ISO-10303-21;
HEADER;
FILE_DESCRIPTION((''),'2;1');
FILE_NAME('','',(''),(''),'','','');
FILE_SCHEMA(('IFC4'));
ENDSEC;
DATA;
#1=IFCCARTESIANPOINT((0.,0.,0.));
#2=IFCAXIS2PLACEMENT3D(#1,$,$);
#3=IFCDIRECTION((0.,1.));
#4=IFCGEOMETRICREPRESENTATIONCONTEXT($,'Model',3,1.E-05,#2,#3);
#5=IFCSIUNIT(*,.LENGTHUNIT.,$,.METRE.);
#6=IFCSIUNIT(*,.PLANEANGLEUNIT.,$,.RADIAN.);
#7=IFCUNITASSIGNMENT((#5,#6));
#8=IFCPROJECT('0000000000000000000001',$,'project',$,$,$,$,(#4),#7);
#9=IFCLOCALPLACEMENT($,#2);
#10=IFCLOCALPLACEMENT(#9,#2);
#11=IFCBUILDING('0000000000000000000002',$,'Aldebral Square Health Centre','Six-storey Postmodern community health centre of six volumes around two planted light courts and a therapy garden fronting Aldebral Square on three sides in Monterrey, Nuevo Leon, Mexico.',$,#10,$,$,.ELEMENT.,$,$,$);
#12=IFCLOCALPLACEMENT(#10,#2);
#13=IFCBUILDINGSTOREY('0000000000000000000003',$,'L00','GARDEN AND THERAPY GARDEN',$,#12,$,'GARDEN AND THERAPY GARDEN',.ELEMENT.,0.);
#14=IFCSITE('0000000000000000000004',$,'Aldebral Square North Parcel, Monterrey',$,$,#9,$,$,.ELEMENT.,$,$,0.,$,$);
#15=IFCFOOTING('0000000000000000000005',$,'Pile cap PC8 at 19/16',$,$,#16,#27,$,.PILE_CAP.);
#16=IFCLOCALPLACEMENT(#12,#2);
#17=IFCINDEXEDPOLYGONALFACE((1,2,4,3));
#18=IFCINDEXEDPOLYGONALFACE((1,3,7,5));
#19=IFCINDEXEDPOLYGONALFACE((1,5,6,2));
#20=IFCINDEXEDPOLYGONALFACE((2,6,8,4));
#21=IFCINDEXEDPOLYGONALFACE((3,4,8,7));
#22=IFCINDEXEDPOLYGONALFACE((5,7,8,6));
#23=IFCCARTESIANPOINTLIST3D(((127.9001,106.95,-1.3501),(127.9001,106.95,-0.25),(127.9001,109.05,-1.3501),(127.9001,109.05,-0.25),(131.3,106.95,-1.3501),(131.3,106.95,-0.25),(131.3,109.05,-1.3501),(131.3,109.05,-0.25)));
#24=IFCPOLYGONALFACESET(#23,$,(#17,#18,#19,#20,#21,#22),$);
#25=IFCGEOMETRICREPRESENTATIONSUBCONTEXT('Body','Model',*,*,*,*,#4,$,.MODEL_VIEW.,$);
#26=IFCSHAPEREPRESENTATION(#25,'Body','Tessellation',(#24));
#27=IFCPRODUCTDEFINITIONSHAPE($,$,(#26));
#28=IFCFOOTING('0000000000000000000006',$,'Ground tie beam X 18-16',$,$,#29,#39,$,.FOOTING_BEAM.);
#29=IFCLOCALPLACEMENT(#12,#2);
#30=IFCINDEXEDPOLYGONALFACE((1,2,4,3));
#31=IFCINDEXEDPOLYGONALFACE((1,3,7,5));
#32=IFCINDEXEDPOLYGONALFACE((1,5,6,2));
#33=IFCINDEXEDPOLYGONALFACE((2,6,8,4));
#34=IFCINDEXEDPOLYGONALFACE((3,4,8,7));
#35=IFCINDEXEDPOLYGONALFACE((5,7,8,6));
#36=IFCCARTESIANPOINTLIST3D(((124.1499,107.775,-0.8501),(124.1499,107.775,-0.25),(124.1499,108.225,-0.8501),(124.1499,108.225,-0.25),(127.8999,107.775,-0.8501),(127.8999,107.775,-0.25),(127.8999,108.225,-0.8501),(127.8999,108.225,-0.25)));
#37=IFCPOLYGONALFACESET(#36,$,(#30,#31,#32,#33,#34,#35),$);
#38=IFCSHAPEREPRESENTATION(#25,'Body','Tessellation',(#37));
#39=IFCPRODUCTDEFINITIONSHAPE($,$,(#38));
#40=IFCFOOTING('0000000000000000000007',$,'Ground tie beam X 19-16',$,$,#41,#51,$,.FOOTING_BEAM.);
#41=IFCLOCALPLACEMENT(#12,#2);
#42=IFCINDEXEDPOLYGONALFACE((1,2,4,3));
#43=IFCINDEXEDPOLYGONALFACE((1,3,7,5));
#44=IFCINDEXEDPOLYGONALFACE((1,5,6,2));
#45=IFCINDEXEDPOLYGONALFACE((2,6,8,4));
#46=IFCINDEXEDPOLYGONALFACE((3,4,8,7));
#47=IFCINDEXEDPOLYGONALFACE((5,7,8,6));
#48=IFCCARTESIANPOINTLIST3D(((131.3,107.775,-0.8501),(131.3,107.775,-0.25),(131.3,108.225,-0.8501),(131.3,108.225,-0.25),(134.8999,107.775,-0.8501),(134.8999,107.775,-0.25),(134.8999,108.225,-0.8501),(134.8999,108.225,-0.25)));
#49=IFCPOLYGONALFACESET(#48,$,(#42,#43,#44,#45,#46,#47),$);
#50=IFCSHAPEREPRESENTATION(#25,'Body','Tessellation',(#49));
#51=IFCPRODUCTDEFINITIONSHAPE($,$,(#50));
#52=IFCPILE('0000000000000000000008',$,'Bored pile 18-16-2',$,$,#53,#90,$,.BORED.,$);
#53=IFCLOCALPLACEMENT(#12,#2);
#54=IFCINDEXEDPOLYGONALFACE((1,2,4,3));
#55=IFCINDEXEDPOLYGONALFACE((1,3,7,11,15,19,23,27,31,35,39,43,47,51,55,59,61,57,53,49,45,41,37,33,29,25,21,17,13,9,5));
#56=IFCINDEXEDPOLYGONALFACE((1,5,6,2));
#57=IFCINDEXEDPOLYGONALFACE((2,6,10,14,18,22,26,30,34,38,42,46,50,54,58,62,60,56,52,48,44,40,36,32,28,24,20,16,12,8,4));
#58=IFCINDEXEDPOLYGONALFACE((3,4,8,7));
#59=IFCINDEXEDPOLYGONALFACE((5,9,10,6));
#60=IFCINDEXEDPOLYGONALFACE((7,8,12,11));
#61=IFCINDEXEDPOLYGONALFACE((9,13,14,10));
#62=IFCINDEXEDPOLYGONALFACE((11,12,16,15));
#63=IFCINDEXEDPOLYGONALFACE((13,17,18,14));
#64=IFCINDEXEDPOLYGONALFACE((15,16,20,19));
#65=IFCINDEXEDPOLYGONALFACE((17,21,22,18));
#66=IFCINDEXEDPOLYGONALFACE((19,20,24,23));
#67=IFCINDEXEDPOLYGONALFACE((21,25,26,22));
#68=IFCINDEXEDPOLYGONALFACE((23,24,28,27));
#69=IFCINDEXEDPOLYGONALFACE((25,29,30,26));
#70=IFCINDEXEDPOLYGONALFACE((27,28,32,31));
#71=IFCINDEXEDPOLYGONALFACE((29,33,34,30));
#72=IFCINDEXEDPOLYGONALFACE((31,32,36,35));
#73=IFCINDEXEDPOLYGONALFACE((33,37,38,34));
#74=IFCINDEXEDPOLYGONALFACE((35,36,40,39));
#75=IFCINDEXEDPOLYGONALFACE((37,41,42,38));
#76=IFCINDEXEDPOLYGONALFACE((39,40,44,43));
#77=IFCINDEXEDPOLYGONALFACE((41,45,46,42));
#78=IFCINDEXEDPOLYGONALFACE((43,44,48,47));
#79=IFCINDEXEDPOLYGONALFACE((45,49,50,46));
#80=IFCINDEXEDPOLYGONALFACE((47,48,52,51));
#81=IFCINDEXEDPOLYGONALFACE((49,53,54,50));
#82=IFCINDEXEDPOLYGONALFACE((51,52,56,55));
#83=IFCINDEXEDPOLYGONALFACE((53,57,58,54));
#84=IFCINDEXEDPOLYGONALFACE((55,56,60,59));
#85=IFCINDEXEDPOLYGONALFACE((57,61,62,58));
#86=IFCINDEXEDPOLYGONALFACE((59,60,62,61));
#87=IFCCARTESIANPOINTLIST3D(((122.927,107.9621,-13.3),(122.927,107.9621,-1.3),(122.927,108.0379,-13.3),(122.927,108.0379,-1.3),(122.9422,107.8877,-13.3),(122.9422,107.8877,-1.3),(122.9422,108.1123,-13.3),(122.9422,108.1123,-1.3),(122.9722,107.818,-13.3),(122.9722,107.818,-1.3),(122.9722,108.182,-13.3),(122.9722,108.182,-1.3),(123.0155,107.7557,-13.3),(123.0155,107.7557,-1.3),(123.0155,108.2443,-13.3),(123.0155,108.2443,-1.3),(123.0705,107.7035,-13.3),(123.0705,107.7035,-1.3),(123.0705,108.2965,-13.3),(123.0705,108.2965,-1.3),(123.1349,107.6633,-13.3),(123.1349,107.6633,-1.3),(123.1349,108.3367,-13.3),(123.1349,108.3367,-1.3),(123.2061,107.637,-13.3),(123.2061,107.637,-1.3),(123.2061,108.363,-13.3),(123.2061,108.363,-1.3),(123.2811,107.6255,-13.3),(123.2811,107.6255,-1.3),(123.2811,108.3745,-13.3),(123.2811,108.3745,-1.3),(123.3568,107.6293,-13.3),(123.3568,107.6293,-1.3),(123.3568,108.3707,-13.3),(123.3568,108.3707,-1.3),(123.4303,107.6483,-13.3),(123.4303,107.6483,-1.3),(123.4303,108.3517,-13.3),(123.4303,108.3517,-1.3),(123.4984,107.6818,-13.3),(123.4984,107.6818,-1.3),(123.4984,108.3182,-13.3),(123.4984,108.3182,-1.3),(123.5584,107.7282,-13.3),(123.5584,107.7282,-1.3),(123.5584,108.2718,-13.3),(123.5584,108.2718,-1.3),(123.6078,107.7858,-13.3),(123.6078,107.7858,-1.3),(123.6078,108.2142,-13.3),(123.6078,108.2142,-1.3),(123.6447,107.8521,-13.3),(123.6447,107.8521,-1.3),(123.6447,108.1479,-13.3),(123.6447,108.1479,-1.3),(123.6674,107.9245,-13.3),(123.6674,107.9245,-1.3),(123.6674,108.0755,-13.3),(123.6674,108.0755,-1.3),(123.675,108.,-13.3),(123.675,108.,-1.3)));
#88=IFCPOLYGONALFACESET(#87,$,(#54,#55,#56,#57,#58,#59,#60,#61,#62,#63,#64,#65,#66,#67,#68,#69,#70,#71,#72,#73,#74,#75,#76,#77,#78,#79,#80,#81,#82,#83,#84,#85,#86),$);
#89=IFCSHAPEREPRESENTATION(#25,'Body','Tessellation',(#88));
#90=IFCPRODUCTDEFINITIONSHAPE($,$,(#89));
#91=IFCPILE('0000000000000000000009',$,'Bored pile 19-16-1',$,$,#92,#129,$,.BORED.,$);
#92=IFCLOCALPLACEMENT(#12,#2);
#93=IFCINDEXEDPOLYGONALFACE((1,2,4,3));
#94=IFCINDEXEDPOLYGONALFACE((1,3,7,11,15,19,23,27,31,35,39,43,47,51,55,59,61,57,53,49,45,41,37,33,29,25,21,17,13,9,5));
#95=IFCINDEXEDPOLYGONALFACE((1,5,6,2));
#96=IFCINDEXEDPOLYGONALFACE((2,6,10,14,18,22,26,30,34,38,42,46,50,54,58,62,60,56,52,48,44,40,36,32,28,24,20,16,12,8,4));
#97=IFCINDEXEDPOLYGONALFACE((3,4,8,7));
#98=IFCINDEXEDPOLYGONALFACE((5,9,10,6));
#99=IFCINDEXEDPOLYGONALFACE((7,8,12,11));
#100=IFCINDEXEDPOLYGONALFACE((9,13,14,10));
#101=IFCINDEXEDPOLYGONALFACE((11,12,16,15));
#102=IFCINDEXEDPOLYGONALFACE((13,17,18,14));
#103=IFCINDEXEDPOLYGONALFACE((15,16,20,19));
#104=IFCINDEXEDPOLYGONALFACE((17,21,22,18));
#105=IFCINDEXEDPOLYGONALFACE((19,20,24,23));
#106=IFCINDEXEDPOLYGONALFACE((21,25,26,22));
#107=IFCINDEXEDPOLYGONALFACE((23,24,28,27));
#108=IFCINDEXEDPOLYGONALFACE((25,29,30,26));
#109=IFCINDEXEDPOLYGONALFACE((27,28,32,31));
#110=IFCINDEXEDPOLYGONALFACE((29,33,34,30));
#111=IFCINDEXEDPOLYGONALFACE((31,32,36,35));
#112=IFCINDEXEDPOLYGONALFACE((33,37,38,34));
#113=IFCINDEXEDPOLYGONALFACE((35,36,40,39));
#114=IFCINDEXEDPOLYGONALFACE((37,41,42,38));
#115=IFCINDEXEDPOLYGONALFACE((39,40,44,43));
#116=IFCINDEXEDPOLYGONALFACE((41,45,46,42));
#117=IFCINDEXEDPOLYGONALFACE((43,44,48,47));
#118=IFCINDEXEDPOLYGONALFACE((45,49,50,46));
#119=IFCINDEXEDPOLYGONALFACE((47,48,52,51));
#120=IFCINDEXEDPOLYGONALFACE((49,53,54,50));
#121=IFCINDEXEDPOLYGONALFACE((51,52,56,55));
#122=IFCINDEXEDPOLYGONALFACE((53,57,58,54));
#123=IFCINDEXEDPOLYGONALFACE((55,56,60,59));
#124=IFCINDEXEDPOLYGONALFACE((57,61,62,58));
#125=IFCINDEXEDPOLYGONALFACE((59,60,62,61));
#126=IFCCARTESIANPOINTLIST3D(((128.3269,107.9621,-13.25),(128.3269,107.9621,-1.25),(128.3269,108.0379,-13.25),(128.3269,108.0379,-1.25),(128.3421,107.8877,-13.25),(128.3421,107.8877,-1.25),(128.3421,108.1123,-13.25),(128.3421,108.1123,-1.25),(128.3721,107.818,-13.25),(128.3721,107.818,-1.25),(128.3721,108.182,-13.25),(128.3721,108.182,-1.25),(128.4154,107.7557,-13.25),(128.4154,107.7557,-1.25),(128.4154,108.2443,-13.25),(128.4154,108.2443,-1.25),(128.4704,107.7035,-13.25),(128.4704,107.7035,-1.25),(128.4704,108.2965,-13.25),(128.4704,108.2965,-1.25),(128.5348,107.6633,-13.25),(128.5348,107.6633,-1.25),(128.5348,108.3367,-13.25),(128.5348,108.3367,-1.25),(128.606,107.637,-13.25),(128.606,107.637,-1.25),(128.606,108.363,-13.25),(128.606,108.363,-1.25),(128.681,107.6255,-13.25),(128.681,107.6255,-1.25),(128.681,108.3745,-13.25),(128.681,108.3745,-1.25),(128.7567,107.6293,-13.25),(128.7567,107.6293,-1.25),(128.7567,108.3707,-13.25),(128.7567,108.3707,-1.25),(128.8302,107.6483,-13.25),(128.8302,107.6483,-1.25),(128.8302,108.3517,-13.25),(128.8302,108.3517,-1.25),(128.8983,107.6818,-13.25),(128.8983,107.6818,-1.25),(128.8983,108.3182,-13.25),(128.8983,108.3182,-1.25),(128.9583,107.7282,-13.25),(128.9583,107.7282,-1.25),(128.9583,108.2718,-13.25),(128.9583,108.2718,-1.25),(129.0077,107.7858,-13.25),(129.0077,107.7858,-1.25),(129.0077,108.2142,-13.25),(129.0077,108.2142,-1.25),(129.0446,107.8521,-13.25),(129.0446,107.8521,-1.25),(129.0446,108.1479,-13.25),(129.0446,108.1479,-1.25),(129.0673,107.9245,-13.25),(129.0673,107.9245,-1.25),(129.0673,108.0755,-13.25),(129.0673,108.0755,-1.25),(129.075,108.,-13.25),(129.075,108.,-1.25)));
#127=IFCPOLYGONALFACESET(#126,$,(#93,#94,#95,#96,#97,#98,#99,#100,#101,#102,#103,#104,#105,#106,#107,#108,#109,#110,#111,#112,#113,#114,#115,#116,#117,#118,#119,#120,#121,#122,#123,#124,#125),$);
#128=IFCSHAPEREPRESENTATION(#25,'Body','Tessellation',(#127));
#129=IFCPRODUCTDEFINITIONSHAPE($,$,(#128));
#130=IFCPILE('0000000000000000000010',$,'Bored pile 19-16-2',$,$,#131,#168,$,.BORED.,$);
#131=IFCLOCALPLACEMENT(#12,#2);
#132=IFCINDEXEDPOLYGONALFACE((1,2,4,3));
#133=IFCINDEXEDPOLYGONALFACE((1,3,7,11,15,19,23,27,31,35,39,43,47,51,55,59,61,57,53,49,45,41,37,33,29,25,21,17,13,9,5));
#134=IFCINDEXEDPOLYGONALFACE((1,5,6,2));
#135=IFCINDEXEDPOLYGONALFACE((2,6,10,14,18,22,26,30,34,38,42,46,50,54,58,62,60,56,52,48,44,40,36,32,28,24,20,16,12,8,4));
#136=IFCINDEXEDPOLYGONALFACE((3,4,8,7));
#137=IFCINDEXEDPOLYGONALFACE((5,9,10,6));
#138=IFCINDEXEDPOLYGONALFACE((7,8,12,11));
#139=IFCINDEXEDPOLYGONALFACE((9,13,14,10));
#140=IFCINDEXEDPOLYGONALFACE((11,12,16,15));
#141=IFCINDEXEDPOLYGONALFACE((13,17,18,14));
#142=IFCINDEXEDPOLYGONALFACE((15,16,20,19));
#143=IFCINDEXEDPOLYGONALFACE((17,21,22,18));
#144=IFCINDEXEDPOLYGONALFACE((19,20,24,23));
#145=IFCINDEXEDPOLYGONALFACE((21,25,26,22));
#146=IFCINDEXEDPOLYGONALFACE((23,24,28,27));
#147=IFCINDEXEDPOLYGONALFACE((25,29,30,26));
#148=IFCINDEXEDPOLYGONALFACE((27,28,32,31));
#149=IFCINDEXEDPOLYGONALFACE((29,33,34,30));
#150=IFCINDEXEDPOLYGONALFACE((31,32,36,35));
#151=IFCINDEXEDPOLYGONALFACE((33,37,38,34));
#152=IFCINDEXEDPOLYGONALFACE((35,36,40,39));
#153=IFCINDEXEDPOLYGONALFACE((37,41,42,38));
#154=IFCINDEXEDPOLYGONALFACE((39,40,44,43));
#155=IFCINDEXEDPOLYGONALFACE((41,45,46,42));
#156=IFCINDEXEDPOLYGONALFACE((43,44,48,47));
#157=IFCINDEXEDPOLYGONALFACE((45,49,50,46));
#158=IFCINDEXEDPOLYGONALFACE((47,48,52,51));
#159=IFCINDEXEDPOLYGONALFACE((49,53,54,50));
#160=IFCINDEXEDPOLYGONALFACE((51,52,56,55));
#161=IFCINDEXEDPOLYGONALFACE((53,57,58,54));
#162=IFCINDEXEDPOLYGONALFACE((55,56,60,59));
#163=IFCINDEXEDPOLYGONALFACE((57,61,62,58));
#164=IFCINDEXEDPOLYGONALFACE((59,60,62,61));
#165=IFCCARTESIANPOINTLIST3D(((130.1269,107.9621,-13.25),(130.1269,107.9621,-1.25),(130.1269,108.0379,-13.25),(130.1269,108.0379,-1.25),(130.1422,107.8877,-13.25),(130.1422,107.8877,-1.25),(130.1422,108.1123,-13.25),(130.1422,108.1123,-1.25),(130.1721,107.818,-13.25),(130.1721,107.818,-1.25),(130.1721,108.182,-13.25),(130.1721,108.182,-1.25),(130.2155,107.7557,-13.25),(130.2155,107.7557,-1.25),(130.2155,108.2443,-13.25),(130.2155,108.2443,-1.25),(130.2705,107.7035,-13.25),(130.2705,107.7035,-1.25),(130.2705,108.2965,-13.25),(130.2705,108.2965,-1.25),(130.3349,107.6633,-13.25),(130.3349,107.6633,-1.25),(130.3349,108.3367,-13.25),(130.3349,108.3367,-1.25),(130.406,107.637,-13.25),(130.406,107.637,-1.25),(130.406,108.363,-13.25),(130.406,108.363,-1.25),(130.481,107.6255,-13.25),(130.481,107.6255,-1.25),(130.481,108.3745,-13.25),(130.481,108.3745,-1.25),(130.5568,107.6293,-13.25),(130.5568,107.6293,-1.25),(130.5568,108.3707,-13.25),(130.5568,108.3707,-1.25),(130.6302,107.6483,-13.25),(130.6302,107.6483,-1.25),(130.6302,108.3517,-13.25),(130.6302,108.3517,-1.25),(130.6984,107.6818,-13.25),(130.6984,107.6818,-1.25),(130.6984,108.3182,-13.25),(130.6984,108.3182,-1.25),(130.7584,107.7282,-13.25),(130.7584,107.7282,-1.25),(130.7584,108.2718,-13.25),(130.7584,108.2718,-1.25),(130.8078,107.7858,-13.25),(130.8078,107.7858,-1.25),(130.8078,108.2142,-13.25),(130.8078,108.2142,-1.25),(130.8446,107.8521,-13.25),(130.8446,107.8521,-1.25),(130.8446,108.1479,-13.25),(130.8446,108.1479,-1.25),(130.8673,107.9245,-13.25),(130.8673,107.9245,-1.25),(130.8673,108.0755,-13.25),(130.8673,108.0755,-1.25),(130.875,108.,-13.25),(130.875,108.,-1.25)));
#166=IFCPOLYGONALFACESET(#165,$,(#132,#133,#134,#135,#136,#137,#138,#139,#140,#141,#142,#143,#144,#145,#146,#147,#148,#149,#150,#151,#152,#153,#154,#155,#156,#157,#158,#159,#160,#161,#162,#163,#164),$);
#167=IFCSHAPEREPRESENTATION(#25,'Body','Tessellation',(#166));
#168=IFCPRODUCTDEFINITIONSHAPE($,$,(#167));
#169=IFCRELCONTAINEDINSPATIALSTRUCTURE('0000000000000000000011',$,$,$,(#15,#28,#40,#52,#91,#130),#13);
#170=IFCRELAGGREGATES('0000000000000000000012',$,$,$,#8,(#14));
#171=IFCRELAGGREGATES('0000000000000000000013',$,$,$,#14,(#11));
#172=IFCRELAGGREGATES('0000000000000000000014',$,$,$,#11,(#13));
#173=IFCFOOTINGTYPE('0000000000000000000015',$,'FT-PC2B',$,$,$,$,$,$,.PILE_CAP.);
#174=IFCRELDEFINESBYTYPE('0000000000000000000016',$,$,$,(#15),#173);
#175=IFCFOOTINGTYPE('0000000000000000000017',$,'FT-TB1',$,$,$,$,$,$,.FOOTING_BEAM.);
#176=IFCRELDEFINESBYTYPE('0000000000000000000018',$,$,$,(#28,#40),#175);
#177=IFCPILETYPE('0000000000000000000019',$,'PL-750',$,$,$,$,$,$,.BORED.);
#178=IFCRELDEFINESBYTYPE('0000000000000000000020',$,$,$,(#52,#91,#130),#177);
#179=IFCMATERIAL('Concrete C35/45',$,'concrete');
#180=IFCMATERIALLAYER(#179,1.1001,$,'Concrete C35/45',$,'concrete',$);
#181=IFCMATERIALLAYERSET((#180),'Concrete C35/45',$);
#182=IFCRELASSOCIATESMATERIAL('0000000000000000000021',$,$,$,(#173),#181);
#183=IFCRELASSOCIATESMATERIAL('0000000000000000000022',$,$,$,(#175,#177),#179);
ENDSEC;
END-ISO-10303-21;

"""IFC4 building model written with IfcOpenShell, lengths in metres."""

from ifc_helpers import new_model, si_unit, direction, frame, origin, origin_2d, place, context, subcontext, project, spatial, rectangle, circle, extrude, material, layer, layer_set, material_profile, profile_set, type_object, element, save


model = new_model("IFC4")

# Units and contexts
model_context = context("Model", 3, precision=1e-05, world=origin(), true_north=direction((0.0, 1.0)))
body_context = subcontext(model_context, "Body", "Model", "MODEL_VIEW")
ifc_project = project(units=[si_unit("LENGTHUNIT", "METRE"), si_unit("PLANEANGLEUNIT", "RADIAN")], contexts=[model_context])

# Site, building, storey
site_placement = place(None, origin())
site = spatial("IfcSite", under=ifc_project, at=site_placement, Name="Aldebral Square North Parcel, Monterrey", CompositionType="ELEMENT", RefElevation=0.0)
building_placement = place(site_placement, origin())
building = spatial("IfcBuilding", under=site, at=building_placement, Name="Aldebral Square Health Centre", Description="Six-storey Postmodern community health centre of six volumes around two planted light courts and a therapy garden fronting Aldebral Square on three sides in Monterrey, Nuevo Leon, Mexico.", CompositionType="ELEMENT")
storey_placement = place(building_placement, origin())
storey = spatial("IfcBuildingStorey", under=building, at=storey_placement, Name="L00", Description="GARDEN AND THERAPY GARDEN", LongName="GARDEN AND THERAPY GARDEN", CompositionType="ELEMENT", Elevation=0.0)

# Footings
ifc_material_1 = material(Name="Concrete C35/45", Category="concrete")
ifc_layer_1 = layer(ifc_material_1, 1.1001, Name="Concrete C35/45", Category="concrete")
ifc_layer_set_1 = layer_set([ifc_layer_1], Name="Concrete C35/45")
footing_type_1 = type_object("IfcFootingType", Name="FT-PC2B", PredefinedType="PILE_CAP", material=ifc_layer_set_1)
footing_1_placement = place(storey_placement, frame((129.6001, 108.0, -1.3501), z_axis=(0.0, 0.0, 1.0), x_axis=(1.0, 0.0, 0.0)))
element("IfcFooting", 1, at=footing_1_placement, inside=storey, type_object=footing_type_1, Name="Pile cap PC8 at 19/16", PredefinedType="PILE_CAP", context=body_context, shape_type="SweptSolid", body=[
    extrude(rectangle(XDim=3.3999, YDim=2.1001, at=origin_2d()), origin(), (0.0, 0.0, 1.0), 1.1001),
])
ifc_material_profile_1 = material_profile(ifc_material_1, rectangle(XDim=0.45, YDim=0.6001, at=origin_2d()), Name="RC 450x600")
ifc_profile_set_1 = profile_set([ifc_material_profile_1], Name="Concrete C35/45")
footing_type_2 = type_object("IfcFootingType", Name="FT-TB1", PredefinedType="FOOTING_BEAM", material=ifc_profile_set_1)
footing_2_placement = place(storey_placement, frame((124.1499, 108.0, -0.55), z_axis=(1.0, 0.0, 0.0), x_axis=(0.0, 1.0, 0.0)))
element("IfcFooting", 2, at=footing_2_placement, inside=storey, type_object=footing_type_2, Name="Ground tie beam X 18-16", PredefinedType="FOOTING_BEAM", context=body_context, shape_type="SweptSolid", body=[
    extrude(rectangle(XDim=0.45, YDim=0.6001, at=origin_2d()), origin(), (0.0, 0.0, 1.0), 3.75),
])
footing_3_placement = place(storey_placement, frame((131.3, 108.0, -0.55), z_axis=(1.0, 0.0, 0.0), x_axis=(0.0, 1.0, 0.0)))
element("IfcFooting", 3, at=footing_3_placement, inside=storey, type_object=footing_type_2, Name="Ground tie beam X 19-16", PredefinedType="FOOTING_BEAM", context=body_context, shape_type="SweptSolid", body=[
    extrude(rectangle(XDim=0.45, YDim=0.6001, at=origin_2d()), origin(), (0.0, 0.0, 1.0), 3.5999),
])

# Piles
ifc_material_profile_2 = material_profile(ifc_material_1, circle(Radius=0.375, at=origin_2d()), Name="PILE D750")
ifc_profile_set_2 = profile_set([ifc_material_profile_2], Name="Concrete C35/45")
pile_type_1 = type_object("IfcPileType", Name="PL-750", PredefinedType="BORED", material=ifc_profile_set_2)
for number, where, z_axis, x_axis, name in (
    (4, (123.3, 108.0, -1.3), (0.0, 0.0, -1.0), (1.0, 0.0, 0.0), "Bored pile 18-16-2"),
    (5, (128.7, 108.0, -1.25), (0.0, 0.0, -1.0), (1.0, 0.0, 0.0), "Bored pile 19-16-1"),
    (6, (130.5, 108.0, -1.25), (0.0, 0.0, -1.0), (1.0, 0.0, 0.0), "Bored pile 19-16-2"),
):
    element("IfcPile", number, at=place(storey_placement, frame(where, z_axis=z_axis, x_axis=x_axis)), inside=storey, type_object=pile_type_1, Name=name, PredefinedType="BORED", context=body_context, shape_type="SweptSolid", body=[
        extrude(circle(Radius=0.375, at=origin_2d()), origin(), (0.0, 0.0, 1.0), 12.0),
    ])

save(model, "model.ifc")
